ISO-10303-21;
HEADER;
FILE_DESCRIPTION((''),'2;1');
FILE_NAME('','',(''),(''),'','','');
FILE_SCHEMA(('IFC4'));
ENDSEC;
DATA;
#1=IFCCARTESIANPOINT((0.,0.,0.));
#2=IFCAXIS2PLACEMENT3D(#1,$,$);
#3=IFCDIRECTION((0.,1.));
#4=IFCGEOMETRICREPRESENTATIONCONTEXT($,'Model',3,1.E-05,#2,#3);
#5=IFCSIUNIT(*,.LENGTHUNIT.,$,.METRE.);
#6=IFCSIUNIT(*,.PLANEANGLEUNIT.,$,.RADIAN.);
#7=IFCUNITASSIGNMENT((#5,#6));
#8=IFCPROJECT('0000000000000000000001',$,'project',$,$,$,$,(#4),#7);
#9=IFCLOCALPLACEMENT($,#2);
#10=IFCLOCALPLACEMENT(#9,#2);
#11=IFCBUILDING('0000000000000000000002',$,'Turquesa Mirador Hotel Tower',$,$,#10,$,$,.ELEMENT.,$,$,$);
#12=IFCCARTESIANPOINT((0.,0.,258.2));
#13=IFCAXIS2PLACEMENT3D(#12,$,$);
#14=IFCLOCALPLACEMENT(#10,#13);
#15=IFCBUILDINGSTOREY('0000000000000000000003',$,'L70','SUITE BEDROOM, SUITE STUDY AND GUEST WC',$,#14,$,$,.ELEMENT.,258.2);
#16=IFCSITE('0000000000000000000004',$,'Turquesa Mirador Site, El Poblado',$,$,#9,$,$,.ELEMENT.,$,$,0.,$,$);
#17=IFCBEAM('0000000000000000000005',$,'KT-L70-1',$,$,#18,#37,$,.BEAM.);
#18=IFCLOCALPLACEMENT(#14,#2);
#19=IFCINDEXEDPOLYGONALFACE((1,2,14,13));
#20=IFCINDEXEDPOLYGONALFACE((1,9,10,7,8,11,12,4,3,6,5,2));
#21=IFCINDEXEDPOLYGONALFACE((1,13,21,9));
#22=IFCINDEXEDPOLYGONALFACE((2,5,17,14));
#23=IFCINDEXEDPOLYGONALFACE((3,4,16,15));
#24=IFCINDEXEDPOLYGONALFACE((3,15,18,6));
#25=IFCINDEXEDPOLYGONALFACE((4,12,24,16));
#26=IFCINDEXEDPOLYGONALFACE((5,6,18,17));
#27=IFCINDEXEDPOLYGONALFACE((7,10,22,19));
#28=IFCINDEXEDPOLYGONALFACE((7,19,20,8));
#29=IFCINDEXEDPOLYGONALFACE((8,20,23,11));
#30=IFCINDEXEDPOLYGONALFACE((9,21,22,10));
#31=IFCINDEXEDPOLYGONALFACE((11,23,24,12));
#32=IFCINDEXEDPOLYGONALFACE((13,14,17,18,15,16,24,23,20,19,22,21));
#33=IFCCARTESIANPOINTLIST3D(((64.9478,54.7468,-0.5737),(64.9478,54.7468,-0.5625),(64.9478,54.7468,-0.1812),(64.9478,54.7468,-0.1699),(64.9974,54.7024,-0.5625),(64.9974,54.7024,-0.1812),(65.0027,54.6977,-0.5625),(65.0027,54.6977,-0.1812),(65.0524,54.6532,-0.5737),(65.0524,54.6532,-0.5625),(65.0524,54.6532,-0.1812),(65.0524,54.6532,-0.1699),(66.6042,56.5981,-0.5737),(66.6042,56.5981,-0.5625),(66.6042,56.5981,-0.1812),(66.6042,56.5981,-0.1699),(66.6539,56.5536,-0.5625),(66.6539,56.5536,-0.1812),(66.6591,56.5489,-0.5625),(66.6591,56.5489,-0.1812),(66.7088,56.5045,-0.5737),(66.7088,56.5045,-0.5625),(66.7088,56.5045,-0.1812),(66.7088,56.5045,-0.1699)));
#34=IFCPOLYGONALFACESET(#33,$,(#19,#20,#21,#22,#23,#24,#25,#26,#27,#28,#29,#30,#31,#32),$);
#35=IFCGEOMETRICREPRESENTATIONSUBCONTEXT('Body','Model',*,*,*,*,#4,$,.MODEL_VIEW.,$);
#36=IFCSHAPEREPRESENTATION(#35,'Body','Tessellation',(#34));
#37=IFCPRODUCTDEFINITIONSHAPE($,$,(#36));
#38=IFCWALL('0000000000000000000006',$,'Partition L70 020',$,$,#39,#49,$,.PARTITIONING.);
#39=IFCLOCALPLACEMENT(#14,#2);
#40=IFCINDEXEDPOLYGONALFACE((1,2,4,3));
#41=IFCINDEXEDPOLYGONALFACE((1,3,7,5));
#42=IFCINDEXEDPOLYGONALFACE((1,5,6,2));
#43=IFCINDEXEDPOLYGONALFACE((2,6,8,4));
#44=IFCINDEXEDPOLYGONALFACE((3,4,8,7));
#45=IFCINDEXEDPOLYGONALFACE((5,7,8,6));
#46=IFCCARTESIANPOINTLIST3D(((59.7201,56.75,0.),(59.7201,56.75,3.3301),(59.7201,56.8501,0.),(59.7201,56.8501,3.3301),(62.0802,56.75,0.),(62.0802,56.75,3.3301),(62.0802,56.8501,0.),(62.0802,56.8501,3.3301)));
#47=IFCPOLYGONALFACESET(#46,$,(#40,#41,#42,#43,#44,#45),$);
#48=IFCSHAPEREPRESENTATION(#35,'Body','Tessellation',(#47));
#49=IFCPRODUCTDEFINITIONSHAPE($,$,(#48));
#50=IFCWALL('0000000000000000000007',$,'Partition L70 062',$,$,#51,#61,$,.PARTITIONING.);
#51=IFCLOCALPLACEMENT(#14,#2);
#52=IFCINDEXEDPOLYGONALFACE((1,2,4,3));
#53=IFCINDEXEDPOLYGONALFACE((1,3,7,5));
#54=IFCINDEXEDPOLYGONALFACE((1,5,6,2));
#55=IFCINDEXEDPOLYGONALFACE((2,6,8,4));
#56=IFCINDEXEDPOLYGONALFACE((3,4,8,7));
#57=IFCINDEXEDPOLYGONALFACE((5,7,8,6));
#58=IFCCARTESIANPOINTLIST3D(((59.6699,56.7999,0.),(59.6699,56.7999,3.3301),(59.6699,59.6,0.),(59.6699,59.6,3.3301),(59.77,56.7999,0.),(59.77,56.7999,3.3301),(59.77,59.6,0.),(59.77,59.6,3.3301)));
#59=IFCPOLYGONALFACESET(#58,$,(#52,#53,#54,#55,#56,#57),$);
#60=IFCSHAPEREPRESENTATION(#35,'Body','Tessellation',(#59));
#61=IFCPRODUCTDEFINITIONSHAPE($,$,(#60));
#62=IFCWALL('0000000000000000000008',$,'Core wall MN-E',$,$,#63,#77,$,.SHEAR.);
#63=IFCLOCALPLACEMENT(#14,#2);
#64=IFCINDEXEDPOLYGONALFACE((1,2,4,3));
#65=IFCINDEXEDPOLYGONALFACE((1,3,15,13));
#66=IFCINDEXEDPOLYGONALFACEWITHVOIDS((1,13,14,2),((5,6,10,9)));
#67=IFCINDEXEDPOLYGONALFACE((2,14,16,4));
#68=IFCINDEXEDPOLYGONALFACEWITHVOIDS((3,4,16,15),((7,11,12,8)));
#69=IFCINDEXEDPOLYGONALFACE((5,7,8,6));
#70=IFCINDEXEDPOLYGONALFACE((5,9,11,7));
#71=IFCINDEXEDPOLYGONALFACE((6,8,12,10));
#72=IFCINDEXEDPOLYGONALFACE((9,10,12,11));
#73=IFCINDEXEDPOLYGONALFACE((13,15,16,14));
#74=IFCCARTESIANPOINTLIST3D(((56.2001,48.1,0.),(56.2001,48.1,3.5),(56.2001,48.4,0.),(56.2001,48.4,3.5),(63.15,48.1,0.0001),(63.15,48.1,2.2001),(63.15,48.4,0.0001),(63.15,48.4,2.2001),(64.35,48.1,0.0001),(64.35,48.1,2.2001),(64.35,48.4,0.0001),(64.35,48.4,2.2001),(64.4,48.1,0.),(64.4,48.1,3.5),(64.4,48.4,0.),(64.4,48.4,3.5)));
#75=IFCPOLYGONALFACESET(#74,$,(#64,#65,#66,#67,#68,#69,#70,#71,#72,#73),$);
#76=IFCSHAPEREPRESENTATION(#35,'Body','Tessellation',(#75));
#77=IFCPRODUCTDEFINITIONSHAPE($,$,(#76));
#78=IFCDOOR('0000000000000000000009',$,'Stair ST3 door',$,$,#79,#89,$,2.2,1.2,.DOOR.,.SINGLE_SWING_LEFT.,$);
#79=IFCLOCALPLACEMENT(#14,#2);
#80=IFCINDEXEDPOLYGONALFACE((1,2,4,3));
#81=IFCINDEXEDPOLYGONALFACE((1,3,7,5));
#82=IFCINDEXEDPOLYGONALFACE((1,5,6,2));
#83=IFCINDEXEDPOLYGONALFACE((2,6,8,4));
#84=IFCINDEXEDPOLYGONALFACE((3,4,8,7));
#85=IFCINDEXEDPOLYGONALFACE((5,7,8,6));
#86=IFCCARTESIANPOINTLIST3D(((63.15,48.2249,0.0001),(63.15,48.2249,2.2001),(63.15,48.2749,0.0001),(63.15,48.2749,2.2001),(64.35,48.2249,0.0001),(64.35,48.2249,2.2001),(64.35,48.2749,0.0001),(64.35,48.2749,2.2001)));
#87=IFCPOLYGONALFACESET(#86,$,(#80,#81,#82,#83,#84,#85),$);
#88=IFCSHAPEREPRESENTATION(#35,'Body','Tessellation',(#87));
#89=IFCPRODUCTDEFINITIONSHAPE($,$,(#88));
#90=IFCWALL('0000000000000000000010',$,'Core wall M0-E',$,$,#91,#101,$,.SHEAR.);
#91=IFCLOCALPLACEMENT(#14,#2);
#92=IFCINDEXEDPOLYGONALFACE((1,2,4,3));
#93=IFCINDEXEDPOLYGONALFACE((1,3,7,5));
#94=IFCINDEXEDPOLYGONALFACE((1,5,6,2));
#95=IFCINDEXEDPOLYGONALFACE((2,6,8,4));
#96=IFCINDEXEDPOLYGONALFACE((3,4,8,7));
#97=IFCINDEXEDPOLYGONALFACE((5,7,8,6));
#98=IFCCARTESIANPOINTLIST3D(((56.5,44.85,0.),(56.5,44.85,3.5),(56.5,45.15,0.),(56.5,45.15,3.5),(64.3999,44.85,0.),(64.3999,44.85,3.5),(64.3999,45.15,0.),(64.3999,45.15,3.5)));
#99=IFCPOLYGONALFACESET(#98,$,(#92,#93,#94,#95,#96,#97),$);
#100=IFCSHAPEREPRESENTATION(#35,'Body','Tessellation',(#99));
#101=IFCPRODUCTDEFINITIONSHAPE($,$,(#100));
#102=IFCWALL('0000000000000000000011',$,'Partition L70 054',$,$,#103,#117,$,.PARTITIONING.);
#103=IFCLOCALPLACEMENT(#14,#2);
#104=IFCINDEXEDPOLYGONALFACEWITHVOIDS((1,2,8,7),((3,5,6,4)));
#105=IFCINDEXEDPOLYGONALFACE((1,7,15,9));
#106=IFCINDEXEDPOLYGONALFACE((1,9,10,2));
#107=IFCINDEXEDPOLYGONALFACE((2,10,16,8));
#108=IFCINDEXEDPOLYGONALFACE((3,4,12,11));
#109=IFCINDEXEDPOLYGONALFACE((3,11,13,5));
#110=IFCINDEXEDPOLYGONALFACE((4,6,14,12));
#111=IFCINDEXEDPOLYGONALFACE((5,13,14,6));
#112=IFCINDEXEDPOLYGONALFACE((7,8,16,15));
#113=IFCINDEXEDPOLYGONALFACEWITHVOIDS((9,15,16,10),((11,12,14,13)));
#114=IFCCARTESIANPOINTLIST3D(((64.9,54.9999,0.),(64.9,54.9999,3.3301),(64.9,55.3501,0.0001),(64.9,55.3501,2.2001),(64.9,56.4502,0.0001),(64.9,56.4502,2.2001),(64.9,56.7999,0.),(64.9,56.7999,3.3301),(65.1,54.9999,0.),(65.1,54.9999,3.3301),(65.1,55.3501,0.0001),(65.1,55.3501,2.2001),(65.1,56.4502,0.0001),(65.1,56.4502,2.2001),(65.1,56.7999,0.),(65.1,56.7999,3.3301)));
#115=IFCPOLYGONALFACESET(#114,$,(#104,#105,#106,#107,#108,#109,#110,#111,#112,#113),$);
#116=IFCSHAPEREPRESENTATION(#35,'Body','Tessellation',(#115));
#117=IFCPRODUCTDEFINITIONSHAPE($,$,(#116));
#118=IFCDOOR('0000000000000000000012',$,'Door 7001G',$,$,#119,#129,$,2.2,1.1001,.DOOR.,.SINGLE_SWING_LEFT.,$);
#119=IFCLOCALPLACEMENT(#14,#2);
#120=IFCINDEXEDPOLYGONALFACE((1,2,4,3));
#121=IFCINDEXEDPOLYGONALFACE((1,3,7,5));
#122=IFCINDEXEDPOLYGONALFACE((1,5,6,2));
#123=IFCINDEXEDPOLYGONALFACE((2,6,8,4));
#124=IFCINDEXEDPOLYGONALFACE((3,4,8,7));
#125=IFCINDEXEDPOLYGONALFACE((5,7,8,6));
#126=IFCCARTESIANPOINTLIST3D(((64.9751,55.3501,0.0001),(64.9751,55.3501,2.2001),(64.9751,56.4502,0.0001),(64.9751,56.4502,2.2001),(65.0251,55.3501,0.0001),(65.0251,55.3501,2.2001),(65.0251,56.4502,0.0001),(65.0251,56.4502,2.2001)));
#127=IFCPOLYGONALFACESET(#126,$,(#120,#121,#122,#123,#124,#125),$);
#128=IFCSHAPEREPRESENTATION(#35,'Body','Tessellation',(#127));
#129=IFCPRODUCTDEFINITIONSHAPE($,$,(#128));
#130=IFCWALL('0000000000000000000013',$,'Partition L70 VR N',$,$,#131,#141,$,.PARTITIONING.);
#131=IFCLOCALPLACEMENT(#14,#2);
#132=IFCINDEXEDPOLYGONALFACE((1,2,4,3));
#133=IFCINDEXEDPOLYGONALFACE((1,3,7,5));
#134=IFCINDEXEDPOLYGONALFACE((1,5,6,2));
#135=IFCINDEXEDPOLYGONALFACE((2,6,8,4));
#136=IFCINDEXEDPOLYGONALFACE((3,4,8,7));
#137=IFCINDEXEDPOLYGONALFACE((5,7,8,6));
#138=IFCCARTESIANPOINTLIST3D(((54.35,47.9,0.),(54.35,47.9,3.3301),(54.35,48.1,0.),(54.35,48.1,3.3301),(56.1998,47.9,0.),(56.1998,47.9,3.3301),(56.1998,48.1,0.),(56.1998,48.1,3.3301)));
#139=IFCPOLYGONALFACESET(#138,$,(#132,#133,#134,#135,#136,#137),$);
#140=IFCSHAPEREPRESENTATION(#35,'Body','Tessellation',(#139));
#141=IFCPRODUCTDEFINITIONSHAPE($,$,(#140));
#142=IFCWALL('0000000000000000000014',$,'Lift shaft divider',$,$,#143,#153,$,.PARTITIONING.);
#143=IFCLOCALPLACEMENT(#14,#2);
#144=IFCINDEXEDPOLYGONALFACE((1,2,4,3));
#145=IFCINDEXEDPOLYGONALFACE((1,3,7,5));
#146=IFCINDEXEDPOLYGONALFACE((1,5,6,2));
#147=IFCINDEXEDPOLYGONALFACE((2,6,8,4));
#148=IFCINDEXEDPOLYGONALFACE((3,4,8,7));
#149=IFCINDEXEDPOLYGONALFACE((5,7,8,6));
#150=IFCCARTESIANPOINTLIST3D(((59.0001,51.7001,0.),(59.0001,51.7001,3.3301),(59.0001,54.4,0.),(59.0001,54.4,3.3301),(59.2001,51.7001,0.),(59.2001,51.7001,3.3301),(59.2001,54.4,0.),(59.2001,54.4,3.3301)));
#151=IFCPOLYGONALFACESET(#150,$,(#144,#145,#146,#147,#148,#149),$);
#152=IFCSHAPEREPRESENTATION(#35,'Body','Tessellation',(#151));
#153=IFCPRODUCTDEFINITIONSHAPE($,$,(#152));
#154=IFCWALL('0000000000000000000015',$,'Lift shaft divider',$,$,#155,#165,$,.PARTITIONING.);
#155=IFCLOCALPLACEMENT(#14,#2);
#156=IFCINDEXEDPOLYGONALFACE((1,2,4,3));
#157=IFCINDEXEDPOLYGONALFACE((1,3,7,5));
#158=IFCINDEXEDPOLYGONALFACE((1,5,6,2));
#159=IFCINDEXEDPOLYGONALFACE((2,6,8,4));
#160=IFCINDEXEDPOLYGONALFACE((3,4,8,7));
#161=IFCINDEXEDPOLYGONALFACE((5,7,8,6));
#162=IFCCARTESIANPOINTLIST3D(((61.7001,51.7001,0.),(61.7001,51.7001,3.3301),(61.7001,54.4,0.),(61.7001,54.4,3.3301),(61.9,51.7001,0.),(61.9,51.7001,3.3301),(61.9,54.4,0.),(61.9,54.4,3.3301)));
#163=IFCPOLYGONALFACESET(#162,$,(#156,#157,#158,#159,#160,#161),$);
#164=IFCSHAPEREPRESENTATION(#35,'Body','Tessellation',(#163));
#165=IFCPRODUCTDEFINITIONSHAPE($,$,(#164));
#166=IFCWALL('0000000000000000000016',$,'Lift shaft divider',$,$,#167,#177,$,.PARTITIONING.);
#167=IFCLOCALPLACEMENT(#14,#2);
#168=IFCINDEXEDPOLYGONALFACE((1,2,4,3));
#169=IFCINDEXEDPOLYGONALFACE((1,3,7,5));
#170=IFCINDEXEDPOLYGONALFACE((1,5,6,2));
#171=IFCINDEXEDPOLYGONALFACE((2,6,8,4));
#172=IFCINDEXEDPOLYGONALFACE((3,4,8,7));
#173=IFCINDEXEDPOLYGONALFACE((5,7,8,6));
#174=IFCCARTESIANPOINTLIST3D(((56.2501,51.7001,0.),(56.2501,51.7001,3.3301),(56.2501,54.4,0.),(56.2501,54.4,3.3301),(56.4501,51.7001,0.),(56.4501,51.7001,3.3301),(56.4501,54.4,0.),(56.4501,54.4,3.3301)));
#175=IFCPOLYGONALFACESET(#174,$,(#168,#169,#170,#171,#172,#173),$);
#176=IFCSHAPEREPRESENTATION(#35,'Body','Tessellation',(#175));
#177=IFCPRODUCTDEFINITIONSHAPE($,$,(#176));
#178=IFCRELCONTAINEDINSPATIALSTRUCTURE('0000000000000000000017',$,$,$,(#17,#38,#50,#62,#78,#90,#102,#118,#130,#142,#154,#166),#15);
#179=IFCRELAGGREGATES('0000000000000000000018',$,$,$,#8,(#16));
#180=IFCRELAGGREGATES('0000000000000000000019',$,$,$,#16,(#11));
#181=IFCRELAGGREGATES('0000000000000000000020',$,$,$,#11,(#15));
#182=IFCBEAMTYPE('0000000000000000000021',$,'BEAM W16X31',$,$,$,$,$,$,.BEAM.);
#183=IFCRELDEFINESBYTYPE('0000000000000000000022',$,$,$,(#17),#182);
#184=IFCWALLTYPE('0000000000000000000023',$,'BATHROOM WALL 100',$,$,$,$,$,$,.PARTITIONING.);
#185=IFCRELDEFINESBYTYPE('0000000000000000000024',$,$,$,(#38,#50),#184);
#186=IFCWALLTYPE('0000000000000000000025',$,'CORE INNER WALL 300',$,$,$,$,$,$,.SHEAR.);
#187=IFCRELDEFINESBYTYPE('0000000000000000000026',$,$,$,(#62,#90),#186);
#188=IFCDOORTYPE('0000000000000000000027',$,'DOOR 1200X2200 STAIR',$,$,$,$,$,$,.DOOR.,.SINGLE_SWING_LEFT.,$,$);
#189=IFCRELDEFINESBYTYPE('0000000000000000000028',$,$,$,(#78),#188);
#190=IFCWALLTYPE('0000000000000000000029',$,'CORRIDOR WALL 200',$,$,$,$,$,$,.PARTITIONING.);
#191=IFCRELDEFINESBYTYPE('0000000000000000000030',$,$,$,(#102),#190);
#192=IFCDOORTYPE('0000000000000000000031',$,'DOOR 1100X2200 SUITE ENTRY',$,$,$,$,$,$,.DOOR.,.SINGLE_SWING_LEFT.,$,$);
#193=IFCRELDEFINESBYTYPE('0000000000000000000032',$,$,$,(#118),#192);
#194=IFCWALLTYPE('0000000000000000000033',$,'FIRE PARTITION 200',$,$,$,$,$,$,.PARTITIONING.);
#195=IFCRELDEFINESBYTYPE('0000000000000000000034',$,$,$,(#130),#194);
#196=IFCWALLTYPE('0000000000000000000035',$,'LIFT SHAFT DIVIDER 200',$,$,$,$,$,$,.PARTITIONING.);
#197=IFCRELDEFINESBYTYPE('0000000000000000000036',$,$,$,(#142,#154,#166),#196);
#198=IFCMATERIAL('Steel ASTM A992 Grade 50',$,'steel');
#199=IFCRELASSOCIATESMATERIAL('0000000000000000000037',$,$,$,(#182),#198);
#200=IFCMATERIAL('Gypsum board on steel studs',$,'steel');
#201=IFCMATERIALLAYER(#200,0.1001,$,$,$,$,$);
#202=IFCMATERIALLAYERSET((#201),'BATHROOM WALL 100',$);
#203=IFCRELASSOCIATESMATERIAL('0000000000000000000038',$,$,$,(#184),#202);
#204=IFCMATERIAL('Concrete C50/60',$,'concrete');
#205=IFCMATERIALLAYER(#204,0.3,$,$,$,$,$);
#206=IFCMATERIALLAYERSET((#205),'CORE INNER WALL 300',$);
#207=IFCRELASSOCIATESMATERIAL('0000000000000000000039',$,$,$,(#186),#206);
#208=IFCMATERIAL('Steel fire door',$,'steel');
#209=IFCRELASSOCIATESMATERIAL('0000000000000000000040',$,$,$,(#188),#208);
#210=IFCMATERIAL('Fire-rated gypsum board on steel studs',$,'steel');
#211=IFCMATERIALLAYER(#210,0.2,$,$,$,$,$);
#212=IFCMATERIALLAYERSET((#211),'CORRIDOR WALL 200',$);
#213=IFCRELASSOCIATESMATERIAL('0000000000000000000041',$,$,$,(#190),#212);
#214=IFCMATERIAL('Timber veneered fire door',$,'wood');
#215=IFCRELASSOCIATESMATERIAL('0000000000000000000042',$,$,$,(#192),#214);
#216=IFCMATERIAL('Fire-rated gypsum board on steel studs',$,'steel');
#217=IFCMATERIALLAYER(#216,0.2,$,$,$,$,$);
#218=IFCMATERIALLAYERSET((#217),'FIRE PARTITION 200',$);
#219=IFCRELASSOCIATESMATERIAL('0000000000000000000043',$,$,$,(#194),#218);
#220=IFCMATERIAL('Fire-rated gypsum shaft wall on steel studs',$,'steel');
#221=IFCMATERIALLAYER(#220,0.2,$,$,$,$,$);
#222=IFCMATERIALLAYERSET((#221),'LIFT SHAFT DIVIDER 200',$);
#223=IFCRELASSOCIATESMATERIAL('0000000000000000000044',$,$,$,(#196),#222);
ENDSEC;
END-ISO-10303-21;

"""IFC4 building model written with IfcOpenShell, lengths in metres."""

from ifc_helpers import new_model, si_unit, direction, frame, frame_2d, origin, origin_2d, place, context, subcontext, project, spatial, rectangle, i_section, extrude, material, layer, layer_set, material_profile, profile_set, type_object, element, fill, save


model = new_model("IFC4")

# Units and contexts
model_context = context("Model", 3, precision=1e-05, world=origin(), true_north=direction((0.0, 1.0)))
body_context = subcontext(model_context, "Body", "Model", "MODEL_VIEW")
ifc_project = project(units=[si_unit("LENGTHUNIT", "METRE"), si_unit("PLANEANGLEUNIT", "RADIAN")], contexts=[model_context])

# Site, building, storey
site_placement = place(None, origin())
site = spatial("IfcSite", under=ifc_project, at=site_placement, Name="Turquesa Mirador Site, El Poblado", CompositionType="ELEMENT", RefElevation=0.0)
building_placement = place(site_placement, origin())
building = spatial("IfcBuilding", under=site, at=building_placement, Name="Turquesa Mirador Hotel Tower", CompositionType="ELEMENT")
storey_placement = place(building_placement, frame((0.0, 0.0, 258.2)))
storey = spatial("IfcBuildingStorey", under=building, at=storey_placement, Name="L70", Description="SUITE BEDROOM, SUITE STUDY AND GUEST WC", CompositionType="ELEMENT", Elevation=258.2)

# Beam
ifc_material_1 = material(Name="Steel ASTM A992 Grade 50", Category="steel")
ifc_material_profile = material_profile(ifc_material_1, i_section(OverallWidth=0.1404, OverallDepth=0.4038, WebThickness=0.0071, FlangeThickness=0.0112, at=origin_2d()), Name="W16X31")
ifc_profile_set = profile_set([ifc_material_profile], Name="Steel ASTM A992 Grade 50")
beam_type = type_object("IfcBeamType", Name="BEAM W16X31", PredefinedType="BEAM", material=ifc_profile_set)
beam_placement = place(storey_placement, frame((66.6565, 56.5513, -0.3718), z_axis=(-0.666806, -0.745231, 0.0), x_axis=(0.745231, -0.666806, 0.0)))
element("IfcBeam", 1, at=beam_placement, inside=storey, type_object=beam_type, Name="KT-L70-1", PredefinedType="BEAM", context=body_context, shape_type="SweptSolid", body=[
    extrude(i_section(OverallWidth=0.1404, OverallDepth=0.4038, WebThickness=0.0071, FlangeThickness=0.0112, at=origin_2d()), origin(), (0.0, 0.0, 1.0), 2.4841),
])

# Walls
ifc_material_2 = material(Name="Gypsum board on steel studs", Category="steel")
ifc_layer_1 = layer(ifc_material_2, 0.1001)
ifc_layer_set_1 = layer_set([ifc_layer_1], Name="BATHROOM WALL 100")
wall_type_1 = type_object("IfcWallType", Name="BATHROOM WALL 100", PredefinedType="PARTITIONING", material=ifc_layer_set_1)
wall_1_placement = place(storey_placement, frame((59.72, 56.8, 0.0), z_axis=(0.0, 0.0, 1.0), x_axis=(1.0, 0.0, 0.0)))
element("IfcWall", 2, at=wall_1_placement, inside=storey, type_object=wall_type_1, Name="Partition L70 020", PredefinedType="PARTITIONING", context=body_context, shape_type="SweptSolid", body=[
    extrude(rectangle(XDim=2.3601, YDim=0.1001, at=frame_2d((1.1802, 0.0))), origin(), (0.0, 0.0, 1.0), 3.3301),
])
wall_2_placement = place(storey_placement, frame((59.72, 56.8, 0.0), z_axis=(0.0, 0.0, 1.0), x_axis=(0.0, 1.0, 0.0)))
element("IfcWall", 3, at=wall_2_placement, inside=storey, type_object=wall_type_1, Name="Partition L70 062", PredefinedType="PARTITIONING", context=body_context, shape_type="SweptSolid", body=[
    extrude(rectangle(XDim=2.8, YDim=0.1001, at=frame_2d((1.3999, 0.0))), origin(), (0.0, 0.0, 1.0), 3.3301),
])

# Wall, opening, door
ifc_material_3 = material(Name="Concrete C50/60", Category="concrete")
ifc_layer_2 = layer(ifc_material_3, 0.3)
ifc_layer_set_2 = layer_set([ifc_layer_2], Name="CORE INNER WALL 300")
wall_type_2 = type_object("IfcWallType", Name="CORE INNER WALL 300", PredefinedType="SHEAR", material=ifc_layer_set_2)
wall_3_placement = place(storey_placement, frame((56.2, 48.25, 0.0), z_axis=(0.0, 0.0, 1.0), x_axis=(1.0, 0.0, 0.0)))
wall_3 = element("IfcWall", 4, at=wall_3_placement, inside=storey, type_object=wall_type_2, Name="Core wall MN-E", PredefinedType="SHEAR", context=body_context, shape_type="SweptSolid", body=[
    extrude(rectangle(XDim=8.2, YDim=0.3, at=frame_2d((4.1001, 0.0))), origin(), (0.0, 0.0, 1.0), 3.5),
])
opening_1_placement = place(wall_3_placement, frame((6.95, 0.0, 0.0)))
opening_1 = element("IfcOpeningElement", 5, at=opening_1_placement, cuts=wall_3, PredefinedType="OPENING", context=body_context, shape_type="SweptSolid", body=[
    extrude(rectangle(XDim=1.2, YDim=2.2, at=frame_2d((0.6001, 1.1001))), frame((0.0, 0.1599, 0.0), z_axis=(0.0, -1.0, 0.0), x_axis=(1.0, 0.0, 0.0)), (0.0, 0.0, 1.0), 0.3201),
])
ifc_material_4 = material(Name="Steel fire door", Category="steel")
door_type_1 = type_object("IfcDoorType", Name="DOOR 1200X2200 STAIR", OperationType="SINGLE_SWING_LEFT", PredefinedType="DOOR", material=ifc_material_4)
door_1_placement = place(opening_1_placement, origin())
door_1 = element("IfcDoor", 6, at=door_1_placement, inside=storey, type_object=door_type_1, Name="Stair ST3 door", OperationType="SINGLE_SWING_LEFT", OverallHeight=2.2, OverallWidth=1.2, PredefinedType="DOOR", context=body_context, shape_type="SweptSolid", body=[
    extrude(rectangle(XDim=1.2, YDim=2.2, at=frame_2d((0.6001, 1.1001))), frame((0.0, 0.0249, 0.0), z_axis=(0.0, -1.0, 0.0), x_axis=(1.0, 0.0, 0.0)), (0.0, 0.0, 1.0), 0.05),
])
fill(opening_1, door_1)

# Wall
wall_4_placement = place(storey_placement, frame((56.5, 45.0, 0.0), z_axis=(0.0, 0.0, 1.0), x_axis=(1.0, 0.0, 0.0)))
element("IfcWall", 7, at=wall_4_placement, inside=storey, type_object=wall_type_2, Name="Core wall M0-E", PredefinedType="SHEAR", context=body_context, shape_type="SweptSolid", body=[
    extrude(rectangle(XDim=7.8999, YDim=0.3, at=frame_2d((3.95, 0.0))), origin(), (0.0, 0.0, 1.0), 3.5),
])

# Wall, opening, door
ifc_material_5 = material(Name="Fire-rated gypsum board on steel studs", Category="steel")
ifc_layer_3 = layer(ifc_material_5, 0.2)
ifc_layer_set_3 = layer_set([ifc_layer_3], Name="CORRIDOR WALL 200")
wall_type_3 = type_object("IfcWallType", Name="CORRIDOR WALL 200", PredefinedType="PARTITIONING", material=ifc_layer_set_3)
wall_5_placement = place(storey_placement, frame((65.0, 55.0, 0.0), z_axis=(0.0, 0.0, 1.0), x_axis=(0.0, 1.0, 0.0)))
wall_5 = element("IfcWall", 8, at=wall_5_placement, inside=storey, type_object=wall_type_3, Name="Partition L70 054", PredefinedType="PARTITIONING", context=body_context, shape_type="SweptSolid", body=[
    extrude(rectangle(XDim=1.8, YDim=0.2, at=frame_2d((0.8999, 0.0))), origin(), (0.0, 0.0, 1.0), 3.3301),
])
opening_2_placement = place(wall_5_placement, frame((0.3501, 0.0, 0.0)))
opening_2 = element("IfcOpeningElement", 9, at=opening_2_placement, cuts=wall_5, PredefinedType="OPENING", context=body_context, shape_type="SweptSolid", body=[
    extrude(rectangle(XDim=1.1001, YDim=2.2, at=frame_2d((0.55, 1.1001))), frame((0.0, 0.1099, 0.0), z_axis=(0.0, -1.0, 0.0), x_axis=(1.0, 0.0, 0.0)), (0.0, 0.0, 1.0), 0.22),
])
ifc_material_6 = material(Name="Timber veneered fire door", Category="wood")
door_type_2 = type_object("IfcDoorType", Name="DOOR 1100X2200 SUITE ENTRY", OperationType="SINGLE_SWING_LEFT", PredefinedType="DOOR", material=ifc_material_6)
door_2_placement = place(opening_2_placement, origin())
door_2 = element("IfcDoor", 10, at=door_2_placement, inside=storey, type_object=door_type_2, Name="Door 7001G", OperationType="SINGLE_SWING_LEFT", OverallHeight=2.2, OverallWidth=1.1001, PredefinedType="DOOR", context=body_context, shape_type="SweptSolid", body=[
    extrude(rectangle(XDim=1.1001, YDim=2.2, at=frame_2d((0.55, 1.1001))), frame((0.0, 0.0249, 0.0), z_axis=(0.0, -1.0, 0.0), x_axis=(1.0, 0.0, 0.0)), (0.0, 0.0, 1.0), 0.05),
])
fill(opening_2, door_2)

# Walls
ifc_material_7 = material(Name="Fire-rated gypsum board on steel studs", Category="steel")
ifc_layer_4 = layer(ifc_material_7, 0.2)
ifc_layer_set_4 = layer_set([ifc_layer_4], Name="FIRE PARTITION 200")
wall_type_4 = type_object("IfcWallType", Name="FIRE PARTITION 200", PredefinedType="PARTITIONING", material=ifc_layer_set_4)
wall_6_placement = place(storey_placement, frame((54.3501, 48.0, 0.0), z_axis=(0.0, 0.0, 1.0), x_axis=(1.0, 0.0, 0.0)))
element("IfcWall", 11, at=wall_6_placement, inside=storey, type_object=wall_type_4, Name="Partition L70 VR N", PredefinedType="PARTITIONING", context=body_context, shape_type="SweptSolid", body=[
    extrude(rectangle(XDim=1.8499, YDim=0.2, at=frame_2d((0.9248, 0.0))), origin(), (0.0, 0.0, 1.0), 3.3301),
])
ifc_material_8 = material(Name="Fire-rated gypsum shaft wall on steel studs", Category="steel")
ifc_layer_5 = layer(ifc_material_8, 0.2)
ifc_layer_set_5 = layer_set([ifc_layer_5], Name="LIFT SHAFT DIVIDER 200")
wall_type_5 = type_object("IfcWallType", Name="LIFT SHAFT DIVIDER 200", PredefinedType="PARTITIONING", material=ifc_layer_set_5)
for number, where, z_axis, x_axis, name in (
    (12, (59.1001, 51.7, 0.0), (0.0, 0.0, 1.0), (0.0, 1.0, 0.0), "Lift shaft divider"),
    (13, (61.8, 51.7, 0.0), (0.0, 0.0, 1.0), (0.0, 1.0, 0.0), "Lift shaft divider"),
    (14, (56.3501, 51.7, 0.0), (0.0, 0.0, 1.0), (0.0, 1.0, 0.0), "Lift shaft divider"),
):
    element("IfcWall", number, at=place(storey_placement, frame(where, z_axis=z_axis, x_axis=x_axis)), inside=storey, type_object=wall_type_5, Name=name, PredefinedType="PARTITIONING", context=body_context, shape_type="SweptSolid", body=[
        extrude(rectangle(XDim=2.7, YDim=0.2, at=frame_2d((1.3501, 0.0))), origin(), (0.0, 0.0, 1.0), 3.3301),
    ])

save(model, "model.ifc")
